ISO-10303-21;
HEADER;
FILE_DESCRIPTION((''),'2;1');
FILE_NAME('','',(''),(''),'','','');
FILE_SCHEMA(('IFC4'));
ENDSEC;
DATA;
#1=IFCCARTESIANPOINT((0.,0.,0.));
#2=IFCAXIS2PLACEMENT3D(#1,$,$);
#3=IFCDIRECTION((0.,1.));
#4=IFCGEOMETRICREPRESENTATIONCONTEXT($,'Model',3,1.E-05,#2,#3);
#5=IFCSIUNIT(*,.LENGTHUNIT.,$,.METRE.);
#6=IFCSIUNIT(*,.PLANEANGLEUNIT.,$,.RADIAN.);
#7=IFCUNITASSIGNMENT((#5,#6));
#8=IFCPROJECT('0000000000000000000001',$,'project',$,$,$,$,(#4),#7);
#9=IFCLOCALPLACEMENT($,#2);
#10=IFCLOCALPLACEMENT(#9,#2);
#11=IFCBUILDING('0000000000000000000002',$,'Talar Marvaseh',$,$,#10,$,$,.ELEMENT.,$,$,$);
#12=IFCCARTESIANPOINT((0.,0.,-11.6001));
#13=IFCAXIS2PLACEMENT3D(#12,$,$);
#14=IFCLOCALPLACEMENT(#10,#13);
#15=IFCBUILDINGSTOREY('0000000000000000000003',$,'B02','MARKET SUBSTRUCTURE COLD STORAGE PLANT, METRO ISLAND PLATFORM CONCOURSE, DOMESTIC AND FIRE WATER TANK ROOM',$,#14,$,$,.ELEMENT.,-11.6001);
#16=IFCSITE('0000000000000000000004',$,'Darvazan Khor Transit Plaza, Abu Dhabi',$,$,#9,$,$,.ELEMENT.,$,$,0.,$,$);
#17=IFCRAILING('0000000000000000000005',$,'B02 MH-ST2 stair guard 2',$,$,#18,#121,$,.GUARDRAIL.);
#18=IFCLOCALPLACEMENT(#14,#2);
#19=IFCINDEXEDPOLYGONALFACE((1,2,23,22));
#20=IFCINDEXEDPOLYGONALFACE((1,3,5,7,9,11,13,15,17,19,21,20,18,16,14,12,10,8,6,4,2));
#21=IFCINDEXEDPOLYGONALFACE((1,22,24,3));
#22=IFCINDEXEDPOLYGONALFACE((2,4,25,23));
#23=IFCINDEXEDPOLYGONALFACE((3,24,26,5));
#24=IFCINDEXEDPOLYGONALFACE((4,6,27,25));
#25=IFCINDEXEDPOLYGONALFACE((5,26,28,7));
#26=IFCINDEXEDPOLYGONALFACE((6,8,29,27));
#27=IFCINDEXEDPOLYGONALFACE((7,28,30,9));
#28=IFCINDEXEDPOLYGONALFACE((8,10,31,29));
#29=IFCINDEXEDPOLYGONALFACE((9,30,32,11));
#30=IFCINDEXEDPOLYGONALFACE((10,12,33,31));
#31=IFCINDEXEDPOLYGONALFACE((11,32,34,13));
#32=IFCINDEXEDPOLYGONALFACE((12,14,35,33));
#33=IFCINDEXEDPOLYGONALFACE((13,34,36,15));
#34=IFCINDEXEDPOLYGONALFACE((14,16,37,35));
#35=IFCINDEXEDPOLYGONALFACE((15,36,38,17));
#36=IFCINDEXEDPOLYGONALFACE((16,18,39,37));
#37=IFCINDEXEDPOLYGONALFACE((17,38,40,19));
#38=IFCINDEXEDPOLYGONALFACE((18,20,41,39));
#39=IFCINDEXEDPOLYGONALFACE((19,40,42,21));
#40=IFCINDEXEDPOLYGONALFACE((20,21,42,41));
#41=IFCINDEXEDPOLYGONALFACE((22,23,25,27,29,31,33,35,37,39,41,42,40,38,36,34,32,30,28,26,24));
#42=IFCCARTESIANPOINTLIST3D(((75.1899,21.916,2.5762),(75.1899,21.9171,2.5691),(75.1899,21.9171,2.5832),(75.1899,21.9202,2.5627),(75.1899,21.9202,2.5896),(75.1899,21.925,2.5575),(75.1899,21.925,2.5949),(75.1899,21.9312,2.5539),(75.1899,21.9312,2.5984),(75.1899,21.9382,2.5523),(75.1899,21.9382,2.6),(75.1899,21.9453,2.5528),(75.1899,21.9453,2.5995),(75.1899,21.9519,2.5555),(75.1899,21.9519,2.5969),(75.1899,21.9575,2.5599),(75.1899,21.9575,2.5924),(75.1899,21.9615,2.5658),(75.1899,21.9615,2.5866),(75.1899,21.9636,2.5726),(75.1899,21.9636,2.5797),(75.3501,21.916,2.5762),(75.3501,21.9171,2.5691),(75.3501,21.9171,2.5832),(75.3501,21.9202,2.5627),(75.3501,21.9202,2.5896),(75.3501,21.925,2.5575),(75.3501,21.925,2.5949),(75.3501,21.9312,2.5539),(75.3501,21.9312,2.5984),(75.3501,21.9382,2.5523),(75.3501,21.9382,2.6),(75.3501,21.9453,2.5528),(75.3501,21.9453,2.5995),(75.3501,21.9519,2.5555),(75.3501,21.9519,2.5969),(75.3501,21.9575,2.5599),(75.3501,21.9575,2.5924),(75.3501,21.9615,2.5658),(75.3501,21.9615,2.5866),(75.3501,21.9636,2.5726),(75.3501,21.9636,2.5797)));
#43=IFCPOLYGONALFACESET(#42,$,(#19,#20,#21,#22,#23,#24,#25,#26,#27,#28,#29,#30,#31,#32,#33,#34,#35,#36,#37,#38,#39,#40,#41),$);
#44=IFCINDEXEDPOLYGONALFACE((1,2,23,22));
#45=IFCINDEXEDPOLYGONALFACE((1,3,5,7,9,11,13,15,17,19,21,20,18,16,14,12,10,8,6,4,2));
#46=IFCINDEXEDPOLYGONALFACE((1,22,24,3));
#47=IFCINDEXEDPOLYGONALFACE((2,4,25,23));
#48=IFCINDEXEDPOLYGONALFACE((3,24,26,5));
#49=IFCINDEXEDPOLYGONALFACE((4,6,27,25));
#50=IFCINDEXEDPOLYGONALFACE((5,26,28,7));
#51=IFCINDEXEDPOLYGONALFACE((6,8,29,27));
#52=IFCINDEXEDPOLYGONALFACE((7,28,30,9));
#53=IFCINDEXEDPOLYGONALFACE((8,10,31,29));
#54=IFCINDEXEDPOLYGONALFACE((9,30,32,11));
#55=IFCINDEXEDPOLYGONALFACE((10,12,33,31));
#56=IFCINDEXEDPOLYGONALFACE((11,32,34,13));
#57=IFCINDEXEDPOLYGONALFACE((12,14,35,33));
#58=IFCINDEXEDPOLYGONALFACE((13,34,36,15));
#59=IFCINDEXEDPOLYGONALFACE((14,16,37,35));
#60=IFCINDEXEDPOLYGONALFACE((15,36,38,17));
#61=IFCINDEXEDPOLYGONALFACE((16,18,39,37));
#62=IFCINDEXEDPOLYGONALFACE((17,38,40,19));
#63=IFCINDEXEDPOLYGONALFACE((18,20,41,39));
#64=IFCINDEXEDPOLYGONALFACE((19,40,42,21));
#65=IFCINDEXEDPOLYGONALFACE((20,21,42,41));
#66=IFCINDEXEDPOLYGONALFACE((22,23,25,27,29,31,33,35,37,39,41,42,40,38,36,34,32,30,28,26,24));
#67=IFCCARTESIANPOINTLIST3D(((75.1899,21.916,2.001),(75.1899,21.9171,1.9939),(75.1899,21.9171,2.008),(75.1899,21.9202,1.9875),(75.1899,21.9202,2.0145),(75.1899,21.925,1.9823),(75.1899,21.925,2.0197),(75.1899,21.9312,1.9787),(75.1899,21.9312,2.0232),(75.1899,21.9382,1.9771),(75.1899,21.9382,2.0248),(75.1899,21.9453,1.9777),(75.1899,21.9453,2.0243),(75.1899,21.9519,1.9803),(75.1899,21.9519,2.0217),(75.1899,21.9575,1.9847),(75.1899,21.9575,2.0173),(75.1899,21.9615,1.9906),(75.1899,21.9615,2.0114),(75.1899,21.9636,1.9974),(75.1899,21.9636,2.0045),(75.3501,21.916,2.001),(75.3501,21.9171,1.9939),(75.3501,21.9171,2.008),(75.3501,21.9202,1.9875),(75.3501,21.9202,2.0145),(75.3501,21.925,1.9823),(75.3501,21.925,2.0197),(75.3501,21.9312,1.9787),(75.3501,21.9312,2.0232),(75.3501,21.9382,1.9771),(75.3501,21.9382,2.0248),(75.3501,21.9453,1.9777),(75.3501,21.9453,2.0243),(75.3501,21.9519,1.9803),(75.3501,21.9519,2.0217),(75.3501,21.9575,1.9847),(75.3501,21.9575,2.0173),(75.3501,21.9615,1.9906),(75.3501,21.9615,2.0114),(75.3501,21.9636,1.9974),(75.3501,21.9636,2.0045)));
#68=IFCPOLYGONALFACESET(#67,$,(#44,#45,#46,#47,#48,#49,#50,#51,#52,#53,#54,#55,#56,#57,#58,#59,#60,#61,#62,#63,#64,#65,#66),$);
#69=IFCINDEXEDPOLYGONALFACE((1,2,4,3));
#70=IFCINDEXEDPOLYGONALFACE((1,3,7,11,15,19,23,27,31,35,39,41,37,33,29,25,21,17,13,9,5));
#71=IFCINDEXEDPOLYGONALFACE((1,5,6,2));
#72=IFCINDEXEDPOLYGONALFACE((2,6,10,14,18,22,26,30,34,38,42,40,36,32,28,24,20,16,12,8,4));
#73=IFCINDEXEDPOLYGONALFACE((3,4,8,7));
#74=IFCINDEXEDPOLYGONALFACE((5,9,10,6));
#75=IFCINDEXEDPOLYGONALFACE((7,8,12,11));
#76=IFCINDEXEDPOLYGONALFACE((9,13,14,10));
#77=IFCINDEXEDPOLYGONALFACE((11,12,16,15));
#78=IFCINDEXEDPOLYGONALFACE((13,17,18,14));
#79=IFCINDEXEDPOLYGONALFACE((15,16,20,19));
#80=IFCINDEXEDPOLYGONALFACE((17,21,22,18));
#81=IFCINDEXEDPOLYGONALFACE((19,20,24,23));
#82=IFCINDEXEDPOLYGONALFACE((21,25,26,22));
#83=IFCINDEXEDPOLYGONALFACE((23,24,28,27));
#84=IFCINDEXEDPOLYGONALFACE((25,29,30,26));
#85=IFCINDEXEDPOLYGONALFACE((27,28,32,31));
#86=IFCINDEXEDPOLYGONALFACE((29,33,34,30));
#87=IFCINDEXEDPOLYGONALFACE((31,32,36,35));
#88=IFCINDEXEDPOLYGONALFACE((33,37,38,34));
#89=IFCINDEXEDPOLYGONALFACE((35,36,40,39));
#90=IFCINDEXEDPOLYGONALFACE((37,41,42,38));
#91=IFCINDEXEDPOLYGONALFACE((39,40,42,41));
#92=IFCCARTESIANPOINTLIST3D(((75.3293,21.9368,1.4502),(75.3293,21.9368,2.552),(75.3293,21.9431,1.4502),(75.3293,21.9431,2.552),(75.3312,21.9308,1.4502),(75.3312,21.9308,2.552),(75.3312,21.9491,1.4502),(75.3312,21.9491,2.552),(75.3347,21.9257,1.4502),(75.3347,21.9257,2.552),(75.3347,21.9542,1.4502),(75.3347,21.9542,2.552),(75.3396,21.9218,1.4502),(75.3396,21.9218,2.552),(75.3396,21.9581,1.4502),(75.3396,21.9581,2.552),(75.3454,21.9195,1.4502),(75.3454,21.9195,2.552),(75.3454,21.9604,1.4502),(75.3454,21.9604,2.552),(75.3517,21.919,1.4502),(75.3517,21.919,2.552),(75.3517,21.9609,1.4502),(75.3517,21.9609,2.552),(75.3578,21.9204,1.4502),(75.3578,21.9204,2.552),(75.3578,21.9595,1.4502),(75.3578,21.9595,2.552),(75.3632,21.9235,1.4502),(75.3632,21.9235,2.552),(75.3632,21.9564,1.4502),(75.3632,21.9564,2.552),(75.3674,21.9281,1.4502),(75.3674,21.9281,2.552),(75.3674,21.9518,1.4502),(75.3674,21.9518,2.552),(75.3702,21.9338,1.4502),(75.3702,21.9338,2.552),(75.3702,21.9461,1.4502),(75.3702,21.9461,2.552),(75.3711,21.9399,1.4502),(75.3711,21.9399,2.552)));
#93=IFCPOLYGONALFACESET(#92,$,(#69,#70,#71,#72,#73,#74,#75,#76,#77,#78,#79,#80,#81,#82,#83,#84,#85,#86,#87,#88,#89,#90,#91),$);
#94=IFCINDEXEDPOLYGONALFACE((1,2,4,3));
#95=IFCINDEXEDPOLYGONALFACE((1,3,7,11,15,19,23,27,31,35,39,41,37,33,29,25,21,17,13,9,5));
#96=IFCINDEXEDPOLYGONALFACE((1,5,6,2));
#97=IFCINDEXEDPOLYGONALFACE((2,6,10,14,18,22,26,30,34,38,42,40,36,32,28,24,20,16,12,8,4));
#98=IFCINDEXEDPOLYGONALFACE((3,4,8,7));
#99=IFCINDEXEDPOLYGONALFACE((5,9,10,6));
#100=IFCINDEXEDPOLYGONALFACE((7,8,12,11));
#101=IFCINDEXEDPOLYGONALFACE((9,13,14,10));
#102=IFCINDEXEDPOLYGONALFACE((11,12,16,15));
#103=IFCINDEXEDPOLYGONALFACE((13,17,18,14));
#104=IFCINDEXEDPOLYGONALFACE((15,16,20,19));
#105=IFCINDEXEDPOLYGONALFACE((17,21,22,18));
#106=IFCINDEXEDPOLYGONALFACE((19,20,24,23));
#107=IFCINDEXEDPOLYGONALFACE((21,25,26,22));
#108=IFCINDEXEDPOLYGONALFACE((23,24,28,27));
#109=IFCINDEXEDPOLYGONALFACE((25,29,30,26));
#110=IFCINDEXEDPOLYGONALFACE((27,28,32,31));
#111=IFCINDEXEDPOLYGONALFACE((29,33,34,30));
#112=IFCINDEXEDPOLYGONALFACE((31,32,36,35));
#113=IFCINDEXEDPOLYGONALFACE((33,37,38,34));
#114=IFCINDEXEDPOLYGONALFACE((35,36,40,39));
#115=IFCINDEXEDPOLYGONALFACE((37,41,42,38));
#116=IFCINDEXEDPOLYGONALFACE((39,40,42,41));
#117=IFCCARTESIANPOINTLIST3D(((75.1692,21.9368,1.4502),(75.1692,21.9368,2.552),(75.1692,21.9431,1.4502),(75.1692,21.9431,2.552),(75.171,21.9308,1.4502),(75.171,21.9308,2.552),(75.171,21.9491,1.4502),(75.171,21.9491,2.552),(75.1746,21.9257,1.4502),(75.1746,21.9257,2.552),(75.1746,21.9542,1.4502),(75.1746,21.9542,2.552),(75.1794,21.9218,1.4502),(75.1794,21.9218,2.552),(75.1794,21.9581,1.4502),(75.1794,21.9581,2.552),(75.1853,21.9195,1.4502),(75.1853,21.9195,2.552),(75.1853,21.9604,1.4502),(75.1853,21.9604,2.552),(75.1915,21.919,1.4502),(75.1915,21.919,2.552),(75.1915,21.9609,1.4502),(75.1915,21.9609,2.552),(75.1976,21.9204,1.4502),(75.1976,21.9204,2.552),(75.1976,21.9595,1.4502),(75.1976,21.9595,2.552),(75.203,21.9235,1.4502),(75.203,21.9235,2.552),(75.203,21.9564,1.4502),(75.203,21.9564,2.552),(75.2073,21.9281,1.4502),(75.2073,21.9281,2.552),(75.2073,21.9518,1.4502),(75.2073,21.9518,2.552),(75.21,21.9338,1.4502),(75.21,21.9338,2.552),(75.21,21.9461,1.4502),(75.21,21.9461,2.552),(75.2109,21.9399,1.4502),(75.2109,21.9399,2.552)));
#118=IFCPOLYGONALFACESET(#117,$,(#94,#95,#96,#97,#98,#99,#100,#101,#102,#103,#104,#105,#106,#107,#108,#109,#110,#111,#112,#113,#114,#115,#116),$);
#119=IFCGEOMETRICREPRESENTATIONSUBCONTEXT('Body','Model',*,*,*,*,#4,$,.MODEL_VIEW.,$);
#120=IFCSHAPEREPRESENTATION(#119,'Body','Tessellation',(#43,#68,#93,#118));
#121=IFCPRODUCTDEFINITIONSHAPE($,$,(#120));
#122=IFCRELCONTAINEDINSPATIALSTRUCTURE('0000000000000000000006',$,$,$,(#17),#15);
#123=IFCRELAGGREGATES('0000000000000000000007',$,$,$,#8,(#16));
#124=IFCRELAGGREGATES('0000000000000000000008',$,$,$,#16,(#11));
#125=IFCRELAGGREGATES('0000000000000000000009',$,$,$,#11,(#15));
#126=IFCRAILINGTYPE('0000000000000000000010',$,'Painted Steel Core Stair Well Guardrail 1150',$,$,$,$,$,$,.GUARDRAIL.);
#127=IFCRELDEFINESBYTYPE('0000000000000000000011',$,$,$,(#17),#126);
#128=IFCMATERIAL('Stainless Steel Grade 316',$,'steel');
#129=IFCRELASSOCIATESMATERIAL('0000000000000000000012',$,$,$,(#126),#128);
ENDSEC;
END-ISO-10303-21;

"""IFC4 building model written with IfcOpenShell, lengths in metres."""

from ifc_helpers import new_model, si_unit, direction, frame, origin, origin_2d, place, context, subcontext, project, spatial, circle, extrude, material, type_object, element, save


model = new_model("IFC4")

# Units and contexts
model_context = context("Model", 3, precision=1e-05, world=origin(), true_north=direction((0.0, 1.0)))
body_context = subcontext(model_context, "Body", "Model", "MODEL_VIEW")
ifc_project = project(units=[si_unit("LENGTHUNIT", "METRE"), si_unit("PLANEANGLEUNIT", "RADIAN")], contexts=[model_context])

# Site, building, storey
site_placement = place(None, origin())
site = spatial("IfcSite", under=ifc_project, at=site_placement, Name="Darvazan Khor Transit Plaza, Abu Dhabi", CompositionType="ELEMENT", RefElevation=0.0)
building_placement = place(site_placement, origin())
building = spatial("IfcBuilding", under=site, at=building_placement, Name="Talar Marvaseh", CompositionType="ELEMENT")
storey_placement = place(building_placement, frame((0.0, 0.0, -11.6001)))
storey = spatial("IfcBuildingStorey", under=building, at=storey_placement, Name="B02", Description="MARKET SUBSTRUCTURE COLD STORAGE PLANT, METRO ISLAND PLATFORM CONCOURSE, DOMESTIC AND FIRE WATER TANK ROOM", CompositionType="ELEMENT", Elevation=-11.6001)

# Railing
ifc_material_1 = material(Name="Stainless Steel Grade 316", Category="steel")
railing_type_1 = type_object("IfcRailingType", Name="Painted Steel Core Stair Well Guardrail 1150", PredefinedType="GUARDRAIL", material=ifc_material_1)
for number, where, name in (
    (1, (75.3501, 21.9399, 1.4502), "B02 MH-ST2 stair guard 2"),
):
    element("IfcRailing", number, at=place(storey_placement, frame(where)), inside=storey, type_object=railing_type_1, Name=name, PredefinedType="GUARDRAIL", context=body_context, shape_type="SweptSolid", body=[
        extrude(circle(Radius=0.0239, at=origin_2d()), frame((0.0, 0.0, 1.126), z_axis=(-1.0, 0.0, 0.0), x_axis=(0.0, -1.0, 0.0)), (0.0, 0.0, 1.0), 0.1602),
        extrude(circle(Radius=0.0239, at=origin_2d()), frame((0.0, 0.0, 0.5508), z_axis=(-1.0, 0.0, 0.0), x_axis=(0.0, -1.0, 0.0)), (0.0, 0.0, 1.0), 0.1602),
        extrude(circle(Radius=0.021, at=origin_2d()), origin(), (0.0, 0.0, 1.0), 1.1018),
        extrude(circle(Radius=0.021, at=origin_2d()), frame((-0.1602, 0.0, 0.0)), (0.0, 0.0, 1.0), 1.1018),
    ])

save(model, "model.ifc")
